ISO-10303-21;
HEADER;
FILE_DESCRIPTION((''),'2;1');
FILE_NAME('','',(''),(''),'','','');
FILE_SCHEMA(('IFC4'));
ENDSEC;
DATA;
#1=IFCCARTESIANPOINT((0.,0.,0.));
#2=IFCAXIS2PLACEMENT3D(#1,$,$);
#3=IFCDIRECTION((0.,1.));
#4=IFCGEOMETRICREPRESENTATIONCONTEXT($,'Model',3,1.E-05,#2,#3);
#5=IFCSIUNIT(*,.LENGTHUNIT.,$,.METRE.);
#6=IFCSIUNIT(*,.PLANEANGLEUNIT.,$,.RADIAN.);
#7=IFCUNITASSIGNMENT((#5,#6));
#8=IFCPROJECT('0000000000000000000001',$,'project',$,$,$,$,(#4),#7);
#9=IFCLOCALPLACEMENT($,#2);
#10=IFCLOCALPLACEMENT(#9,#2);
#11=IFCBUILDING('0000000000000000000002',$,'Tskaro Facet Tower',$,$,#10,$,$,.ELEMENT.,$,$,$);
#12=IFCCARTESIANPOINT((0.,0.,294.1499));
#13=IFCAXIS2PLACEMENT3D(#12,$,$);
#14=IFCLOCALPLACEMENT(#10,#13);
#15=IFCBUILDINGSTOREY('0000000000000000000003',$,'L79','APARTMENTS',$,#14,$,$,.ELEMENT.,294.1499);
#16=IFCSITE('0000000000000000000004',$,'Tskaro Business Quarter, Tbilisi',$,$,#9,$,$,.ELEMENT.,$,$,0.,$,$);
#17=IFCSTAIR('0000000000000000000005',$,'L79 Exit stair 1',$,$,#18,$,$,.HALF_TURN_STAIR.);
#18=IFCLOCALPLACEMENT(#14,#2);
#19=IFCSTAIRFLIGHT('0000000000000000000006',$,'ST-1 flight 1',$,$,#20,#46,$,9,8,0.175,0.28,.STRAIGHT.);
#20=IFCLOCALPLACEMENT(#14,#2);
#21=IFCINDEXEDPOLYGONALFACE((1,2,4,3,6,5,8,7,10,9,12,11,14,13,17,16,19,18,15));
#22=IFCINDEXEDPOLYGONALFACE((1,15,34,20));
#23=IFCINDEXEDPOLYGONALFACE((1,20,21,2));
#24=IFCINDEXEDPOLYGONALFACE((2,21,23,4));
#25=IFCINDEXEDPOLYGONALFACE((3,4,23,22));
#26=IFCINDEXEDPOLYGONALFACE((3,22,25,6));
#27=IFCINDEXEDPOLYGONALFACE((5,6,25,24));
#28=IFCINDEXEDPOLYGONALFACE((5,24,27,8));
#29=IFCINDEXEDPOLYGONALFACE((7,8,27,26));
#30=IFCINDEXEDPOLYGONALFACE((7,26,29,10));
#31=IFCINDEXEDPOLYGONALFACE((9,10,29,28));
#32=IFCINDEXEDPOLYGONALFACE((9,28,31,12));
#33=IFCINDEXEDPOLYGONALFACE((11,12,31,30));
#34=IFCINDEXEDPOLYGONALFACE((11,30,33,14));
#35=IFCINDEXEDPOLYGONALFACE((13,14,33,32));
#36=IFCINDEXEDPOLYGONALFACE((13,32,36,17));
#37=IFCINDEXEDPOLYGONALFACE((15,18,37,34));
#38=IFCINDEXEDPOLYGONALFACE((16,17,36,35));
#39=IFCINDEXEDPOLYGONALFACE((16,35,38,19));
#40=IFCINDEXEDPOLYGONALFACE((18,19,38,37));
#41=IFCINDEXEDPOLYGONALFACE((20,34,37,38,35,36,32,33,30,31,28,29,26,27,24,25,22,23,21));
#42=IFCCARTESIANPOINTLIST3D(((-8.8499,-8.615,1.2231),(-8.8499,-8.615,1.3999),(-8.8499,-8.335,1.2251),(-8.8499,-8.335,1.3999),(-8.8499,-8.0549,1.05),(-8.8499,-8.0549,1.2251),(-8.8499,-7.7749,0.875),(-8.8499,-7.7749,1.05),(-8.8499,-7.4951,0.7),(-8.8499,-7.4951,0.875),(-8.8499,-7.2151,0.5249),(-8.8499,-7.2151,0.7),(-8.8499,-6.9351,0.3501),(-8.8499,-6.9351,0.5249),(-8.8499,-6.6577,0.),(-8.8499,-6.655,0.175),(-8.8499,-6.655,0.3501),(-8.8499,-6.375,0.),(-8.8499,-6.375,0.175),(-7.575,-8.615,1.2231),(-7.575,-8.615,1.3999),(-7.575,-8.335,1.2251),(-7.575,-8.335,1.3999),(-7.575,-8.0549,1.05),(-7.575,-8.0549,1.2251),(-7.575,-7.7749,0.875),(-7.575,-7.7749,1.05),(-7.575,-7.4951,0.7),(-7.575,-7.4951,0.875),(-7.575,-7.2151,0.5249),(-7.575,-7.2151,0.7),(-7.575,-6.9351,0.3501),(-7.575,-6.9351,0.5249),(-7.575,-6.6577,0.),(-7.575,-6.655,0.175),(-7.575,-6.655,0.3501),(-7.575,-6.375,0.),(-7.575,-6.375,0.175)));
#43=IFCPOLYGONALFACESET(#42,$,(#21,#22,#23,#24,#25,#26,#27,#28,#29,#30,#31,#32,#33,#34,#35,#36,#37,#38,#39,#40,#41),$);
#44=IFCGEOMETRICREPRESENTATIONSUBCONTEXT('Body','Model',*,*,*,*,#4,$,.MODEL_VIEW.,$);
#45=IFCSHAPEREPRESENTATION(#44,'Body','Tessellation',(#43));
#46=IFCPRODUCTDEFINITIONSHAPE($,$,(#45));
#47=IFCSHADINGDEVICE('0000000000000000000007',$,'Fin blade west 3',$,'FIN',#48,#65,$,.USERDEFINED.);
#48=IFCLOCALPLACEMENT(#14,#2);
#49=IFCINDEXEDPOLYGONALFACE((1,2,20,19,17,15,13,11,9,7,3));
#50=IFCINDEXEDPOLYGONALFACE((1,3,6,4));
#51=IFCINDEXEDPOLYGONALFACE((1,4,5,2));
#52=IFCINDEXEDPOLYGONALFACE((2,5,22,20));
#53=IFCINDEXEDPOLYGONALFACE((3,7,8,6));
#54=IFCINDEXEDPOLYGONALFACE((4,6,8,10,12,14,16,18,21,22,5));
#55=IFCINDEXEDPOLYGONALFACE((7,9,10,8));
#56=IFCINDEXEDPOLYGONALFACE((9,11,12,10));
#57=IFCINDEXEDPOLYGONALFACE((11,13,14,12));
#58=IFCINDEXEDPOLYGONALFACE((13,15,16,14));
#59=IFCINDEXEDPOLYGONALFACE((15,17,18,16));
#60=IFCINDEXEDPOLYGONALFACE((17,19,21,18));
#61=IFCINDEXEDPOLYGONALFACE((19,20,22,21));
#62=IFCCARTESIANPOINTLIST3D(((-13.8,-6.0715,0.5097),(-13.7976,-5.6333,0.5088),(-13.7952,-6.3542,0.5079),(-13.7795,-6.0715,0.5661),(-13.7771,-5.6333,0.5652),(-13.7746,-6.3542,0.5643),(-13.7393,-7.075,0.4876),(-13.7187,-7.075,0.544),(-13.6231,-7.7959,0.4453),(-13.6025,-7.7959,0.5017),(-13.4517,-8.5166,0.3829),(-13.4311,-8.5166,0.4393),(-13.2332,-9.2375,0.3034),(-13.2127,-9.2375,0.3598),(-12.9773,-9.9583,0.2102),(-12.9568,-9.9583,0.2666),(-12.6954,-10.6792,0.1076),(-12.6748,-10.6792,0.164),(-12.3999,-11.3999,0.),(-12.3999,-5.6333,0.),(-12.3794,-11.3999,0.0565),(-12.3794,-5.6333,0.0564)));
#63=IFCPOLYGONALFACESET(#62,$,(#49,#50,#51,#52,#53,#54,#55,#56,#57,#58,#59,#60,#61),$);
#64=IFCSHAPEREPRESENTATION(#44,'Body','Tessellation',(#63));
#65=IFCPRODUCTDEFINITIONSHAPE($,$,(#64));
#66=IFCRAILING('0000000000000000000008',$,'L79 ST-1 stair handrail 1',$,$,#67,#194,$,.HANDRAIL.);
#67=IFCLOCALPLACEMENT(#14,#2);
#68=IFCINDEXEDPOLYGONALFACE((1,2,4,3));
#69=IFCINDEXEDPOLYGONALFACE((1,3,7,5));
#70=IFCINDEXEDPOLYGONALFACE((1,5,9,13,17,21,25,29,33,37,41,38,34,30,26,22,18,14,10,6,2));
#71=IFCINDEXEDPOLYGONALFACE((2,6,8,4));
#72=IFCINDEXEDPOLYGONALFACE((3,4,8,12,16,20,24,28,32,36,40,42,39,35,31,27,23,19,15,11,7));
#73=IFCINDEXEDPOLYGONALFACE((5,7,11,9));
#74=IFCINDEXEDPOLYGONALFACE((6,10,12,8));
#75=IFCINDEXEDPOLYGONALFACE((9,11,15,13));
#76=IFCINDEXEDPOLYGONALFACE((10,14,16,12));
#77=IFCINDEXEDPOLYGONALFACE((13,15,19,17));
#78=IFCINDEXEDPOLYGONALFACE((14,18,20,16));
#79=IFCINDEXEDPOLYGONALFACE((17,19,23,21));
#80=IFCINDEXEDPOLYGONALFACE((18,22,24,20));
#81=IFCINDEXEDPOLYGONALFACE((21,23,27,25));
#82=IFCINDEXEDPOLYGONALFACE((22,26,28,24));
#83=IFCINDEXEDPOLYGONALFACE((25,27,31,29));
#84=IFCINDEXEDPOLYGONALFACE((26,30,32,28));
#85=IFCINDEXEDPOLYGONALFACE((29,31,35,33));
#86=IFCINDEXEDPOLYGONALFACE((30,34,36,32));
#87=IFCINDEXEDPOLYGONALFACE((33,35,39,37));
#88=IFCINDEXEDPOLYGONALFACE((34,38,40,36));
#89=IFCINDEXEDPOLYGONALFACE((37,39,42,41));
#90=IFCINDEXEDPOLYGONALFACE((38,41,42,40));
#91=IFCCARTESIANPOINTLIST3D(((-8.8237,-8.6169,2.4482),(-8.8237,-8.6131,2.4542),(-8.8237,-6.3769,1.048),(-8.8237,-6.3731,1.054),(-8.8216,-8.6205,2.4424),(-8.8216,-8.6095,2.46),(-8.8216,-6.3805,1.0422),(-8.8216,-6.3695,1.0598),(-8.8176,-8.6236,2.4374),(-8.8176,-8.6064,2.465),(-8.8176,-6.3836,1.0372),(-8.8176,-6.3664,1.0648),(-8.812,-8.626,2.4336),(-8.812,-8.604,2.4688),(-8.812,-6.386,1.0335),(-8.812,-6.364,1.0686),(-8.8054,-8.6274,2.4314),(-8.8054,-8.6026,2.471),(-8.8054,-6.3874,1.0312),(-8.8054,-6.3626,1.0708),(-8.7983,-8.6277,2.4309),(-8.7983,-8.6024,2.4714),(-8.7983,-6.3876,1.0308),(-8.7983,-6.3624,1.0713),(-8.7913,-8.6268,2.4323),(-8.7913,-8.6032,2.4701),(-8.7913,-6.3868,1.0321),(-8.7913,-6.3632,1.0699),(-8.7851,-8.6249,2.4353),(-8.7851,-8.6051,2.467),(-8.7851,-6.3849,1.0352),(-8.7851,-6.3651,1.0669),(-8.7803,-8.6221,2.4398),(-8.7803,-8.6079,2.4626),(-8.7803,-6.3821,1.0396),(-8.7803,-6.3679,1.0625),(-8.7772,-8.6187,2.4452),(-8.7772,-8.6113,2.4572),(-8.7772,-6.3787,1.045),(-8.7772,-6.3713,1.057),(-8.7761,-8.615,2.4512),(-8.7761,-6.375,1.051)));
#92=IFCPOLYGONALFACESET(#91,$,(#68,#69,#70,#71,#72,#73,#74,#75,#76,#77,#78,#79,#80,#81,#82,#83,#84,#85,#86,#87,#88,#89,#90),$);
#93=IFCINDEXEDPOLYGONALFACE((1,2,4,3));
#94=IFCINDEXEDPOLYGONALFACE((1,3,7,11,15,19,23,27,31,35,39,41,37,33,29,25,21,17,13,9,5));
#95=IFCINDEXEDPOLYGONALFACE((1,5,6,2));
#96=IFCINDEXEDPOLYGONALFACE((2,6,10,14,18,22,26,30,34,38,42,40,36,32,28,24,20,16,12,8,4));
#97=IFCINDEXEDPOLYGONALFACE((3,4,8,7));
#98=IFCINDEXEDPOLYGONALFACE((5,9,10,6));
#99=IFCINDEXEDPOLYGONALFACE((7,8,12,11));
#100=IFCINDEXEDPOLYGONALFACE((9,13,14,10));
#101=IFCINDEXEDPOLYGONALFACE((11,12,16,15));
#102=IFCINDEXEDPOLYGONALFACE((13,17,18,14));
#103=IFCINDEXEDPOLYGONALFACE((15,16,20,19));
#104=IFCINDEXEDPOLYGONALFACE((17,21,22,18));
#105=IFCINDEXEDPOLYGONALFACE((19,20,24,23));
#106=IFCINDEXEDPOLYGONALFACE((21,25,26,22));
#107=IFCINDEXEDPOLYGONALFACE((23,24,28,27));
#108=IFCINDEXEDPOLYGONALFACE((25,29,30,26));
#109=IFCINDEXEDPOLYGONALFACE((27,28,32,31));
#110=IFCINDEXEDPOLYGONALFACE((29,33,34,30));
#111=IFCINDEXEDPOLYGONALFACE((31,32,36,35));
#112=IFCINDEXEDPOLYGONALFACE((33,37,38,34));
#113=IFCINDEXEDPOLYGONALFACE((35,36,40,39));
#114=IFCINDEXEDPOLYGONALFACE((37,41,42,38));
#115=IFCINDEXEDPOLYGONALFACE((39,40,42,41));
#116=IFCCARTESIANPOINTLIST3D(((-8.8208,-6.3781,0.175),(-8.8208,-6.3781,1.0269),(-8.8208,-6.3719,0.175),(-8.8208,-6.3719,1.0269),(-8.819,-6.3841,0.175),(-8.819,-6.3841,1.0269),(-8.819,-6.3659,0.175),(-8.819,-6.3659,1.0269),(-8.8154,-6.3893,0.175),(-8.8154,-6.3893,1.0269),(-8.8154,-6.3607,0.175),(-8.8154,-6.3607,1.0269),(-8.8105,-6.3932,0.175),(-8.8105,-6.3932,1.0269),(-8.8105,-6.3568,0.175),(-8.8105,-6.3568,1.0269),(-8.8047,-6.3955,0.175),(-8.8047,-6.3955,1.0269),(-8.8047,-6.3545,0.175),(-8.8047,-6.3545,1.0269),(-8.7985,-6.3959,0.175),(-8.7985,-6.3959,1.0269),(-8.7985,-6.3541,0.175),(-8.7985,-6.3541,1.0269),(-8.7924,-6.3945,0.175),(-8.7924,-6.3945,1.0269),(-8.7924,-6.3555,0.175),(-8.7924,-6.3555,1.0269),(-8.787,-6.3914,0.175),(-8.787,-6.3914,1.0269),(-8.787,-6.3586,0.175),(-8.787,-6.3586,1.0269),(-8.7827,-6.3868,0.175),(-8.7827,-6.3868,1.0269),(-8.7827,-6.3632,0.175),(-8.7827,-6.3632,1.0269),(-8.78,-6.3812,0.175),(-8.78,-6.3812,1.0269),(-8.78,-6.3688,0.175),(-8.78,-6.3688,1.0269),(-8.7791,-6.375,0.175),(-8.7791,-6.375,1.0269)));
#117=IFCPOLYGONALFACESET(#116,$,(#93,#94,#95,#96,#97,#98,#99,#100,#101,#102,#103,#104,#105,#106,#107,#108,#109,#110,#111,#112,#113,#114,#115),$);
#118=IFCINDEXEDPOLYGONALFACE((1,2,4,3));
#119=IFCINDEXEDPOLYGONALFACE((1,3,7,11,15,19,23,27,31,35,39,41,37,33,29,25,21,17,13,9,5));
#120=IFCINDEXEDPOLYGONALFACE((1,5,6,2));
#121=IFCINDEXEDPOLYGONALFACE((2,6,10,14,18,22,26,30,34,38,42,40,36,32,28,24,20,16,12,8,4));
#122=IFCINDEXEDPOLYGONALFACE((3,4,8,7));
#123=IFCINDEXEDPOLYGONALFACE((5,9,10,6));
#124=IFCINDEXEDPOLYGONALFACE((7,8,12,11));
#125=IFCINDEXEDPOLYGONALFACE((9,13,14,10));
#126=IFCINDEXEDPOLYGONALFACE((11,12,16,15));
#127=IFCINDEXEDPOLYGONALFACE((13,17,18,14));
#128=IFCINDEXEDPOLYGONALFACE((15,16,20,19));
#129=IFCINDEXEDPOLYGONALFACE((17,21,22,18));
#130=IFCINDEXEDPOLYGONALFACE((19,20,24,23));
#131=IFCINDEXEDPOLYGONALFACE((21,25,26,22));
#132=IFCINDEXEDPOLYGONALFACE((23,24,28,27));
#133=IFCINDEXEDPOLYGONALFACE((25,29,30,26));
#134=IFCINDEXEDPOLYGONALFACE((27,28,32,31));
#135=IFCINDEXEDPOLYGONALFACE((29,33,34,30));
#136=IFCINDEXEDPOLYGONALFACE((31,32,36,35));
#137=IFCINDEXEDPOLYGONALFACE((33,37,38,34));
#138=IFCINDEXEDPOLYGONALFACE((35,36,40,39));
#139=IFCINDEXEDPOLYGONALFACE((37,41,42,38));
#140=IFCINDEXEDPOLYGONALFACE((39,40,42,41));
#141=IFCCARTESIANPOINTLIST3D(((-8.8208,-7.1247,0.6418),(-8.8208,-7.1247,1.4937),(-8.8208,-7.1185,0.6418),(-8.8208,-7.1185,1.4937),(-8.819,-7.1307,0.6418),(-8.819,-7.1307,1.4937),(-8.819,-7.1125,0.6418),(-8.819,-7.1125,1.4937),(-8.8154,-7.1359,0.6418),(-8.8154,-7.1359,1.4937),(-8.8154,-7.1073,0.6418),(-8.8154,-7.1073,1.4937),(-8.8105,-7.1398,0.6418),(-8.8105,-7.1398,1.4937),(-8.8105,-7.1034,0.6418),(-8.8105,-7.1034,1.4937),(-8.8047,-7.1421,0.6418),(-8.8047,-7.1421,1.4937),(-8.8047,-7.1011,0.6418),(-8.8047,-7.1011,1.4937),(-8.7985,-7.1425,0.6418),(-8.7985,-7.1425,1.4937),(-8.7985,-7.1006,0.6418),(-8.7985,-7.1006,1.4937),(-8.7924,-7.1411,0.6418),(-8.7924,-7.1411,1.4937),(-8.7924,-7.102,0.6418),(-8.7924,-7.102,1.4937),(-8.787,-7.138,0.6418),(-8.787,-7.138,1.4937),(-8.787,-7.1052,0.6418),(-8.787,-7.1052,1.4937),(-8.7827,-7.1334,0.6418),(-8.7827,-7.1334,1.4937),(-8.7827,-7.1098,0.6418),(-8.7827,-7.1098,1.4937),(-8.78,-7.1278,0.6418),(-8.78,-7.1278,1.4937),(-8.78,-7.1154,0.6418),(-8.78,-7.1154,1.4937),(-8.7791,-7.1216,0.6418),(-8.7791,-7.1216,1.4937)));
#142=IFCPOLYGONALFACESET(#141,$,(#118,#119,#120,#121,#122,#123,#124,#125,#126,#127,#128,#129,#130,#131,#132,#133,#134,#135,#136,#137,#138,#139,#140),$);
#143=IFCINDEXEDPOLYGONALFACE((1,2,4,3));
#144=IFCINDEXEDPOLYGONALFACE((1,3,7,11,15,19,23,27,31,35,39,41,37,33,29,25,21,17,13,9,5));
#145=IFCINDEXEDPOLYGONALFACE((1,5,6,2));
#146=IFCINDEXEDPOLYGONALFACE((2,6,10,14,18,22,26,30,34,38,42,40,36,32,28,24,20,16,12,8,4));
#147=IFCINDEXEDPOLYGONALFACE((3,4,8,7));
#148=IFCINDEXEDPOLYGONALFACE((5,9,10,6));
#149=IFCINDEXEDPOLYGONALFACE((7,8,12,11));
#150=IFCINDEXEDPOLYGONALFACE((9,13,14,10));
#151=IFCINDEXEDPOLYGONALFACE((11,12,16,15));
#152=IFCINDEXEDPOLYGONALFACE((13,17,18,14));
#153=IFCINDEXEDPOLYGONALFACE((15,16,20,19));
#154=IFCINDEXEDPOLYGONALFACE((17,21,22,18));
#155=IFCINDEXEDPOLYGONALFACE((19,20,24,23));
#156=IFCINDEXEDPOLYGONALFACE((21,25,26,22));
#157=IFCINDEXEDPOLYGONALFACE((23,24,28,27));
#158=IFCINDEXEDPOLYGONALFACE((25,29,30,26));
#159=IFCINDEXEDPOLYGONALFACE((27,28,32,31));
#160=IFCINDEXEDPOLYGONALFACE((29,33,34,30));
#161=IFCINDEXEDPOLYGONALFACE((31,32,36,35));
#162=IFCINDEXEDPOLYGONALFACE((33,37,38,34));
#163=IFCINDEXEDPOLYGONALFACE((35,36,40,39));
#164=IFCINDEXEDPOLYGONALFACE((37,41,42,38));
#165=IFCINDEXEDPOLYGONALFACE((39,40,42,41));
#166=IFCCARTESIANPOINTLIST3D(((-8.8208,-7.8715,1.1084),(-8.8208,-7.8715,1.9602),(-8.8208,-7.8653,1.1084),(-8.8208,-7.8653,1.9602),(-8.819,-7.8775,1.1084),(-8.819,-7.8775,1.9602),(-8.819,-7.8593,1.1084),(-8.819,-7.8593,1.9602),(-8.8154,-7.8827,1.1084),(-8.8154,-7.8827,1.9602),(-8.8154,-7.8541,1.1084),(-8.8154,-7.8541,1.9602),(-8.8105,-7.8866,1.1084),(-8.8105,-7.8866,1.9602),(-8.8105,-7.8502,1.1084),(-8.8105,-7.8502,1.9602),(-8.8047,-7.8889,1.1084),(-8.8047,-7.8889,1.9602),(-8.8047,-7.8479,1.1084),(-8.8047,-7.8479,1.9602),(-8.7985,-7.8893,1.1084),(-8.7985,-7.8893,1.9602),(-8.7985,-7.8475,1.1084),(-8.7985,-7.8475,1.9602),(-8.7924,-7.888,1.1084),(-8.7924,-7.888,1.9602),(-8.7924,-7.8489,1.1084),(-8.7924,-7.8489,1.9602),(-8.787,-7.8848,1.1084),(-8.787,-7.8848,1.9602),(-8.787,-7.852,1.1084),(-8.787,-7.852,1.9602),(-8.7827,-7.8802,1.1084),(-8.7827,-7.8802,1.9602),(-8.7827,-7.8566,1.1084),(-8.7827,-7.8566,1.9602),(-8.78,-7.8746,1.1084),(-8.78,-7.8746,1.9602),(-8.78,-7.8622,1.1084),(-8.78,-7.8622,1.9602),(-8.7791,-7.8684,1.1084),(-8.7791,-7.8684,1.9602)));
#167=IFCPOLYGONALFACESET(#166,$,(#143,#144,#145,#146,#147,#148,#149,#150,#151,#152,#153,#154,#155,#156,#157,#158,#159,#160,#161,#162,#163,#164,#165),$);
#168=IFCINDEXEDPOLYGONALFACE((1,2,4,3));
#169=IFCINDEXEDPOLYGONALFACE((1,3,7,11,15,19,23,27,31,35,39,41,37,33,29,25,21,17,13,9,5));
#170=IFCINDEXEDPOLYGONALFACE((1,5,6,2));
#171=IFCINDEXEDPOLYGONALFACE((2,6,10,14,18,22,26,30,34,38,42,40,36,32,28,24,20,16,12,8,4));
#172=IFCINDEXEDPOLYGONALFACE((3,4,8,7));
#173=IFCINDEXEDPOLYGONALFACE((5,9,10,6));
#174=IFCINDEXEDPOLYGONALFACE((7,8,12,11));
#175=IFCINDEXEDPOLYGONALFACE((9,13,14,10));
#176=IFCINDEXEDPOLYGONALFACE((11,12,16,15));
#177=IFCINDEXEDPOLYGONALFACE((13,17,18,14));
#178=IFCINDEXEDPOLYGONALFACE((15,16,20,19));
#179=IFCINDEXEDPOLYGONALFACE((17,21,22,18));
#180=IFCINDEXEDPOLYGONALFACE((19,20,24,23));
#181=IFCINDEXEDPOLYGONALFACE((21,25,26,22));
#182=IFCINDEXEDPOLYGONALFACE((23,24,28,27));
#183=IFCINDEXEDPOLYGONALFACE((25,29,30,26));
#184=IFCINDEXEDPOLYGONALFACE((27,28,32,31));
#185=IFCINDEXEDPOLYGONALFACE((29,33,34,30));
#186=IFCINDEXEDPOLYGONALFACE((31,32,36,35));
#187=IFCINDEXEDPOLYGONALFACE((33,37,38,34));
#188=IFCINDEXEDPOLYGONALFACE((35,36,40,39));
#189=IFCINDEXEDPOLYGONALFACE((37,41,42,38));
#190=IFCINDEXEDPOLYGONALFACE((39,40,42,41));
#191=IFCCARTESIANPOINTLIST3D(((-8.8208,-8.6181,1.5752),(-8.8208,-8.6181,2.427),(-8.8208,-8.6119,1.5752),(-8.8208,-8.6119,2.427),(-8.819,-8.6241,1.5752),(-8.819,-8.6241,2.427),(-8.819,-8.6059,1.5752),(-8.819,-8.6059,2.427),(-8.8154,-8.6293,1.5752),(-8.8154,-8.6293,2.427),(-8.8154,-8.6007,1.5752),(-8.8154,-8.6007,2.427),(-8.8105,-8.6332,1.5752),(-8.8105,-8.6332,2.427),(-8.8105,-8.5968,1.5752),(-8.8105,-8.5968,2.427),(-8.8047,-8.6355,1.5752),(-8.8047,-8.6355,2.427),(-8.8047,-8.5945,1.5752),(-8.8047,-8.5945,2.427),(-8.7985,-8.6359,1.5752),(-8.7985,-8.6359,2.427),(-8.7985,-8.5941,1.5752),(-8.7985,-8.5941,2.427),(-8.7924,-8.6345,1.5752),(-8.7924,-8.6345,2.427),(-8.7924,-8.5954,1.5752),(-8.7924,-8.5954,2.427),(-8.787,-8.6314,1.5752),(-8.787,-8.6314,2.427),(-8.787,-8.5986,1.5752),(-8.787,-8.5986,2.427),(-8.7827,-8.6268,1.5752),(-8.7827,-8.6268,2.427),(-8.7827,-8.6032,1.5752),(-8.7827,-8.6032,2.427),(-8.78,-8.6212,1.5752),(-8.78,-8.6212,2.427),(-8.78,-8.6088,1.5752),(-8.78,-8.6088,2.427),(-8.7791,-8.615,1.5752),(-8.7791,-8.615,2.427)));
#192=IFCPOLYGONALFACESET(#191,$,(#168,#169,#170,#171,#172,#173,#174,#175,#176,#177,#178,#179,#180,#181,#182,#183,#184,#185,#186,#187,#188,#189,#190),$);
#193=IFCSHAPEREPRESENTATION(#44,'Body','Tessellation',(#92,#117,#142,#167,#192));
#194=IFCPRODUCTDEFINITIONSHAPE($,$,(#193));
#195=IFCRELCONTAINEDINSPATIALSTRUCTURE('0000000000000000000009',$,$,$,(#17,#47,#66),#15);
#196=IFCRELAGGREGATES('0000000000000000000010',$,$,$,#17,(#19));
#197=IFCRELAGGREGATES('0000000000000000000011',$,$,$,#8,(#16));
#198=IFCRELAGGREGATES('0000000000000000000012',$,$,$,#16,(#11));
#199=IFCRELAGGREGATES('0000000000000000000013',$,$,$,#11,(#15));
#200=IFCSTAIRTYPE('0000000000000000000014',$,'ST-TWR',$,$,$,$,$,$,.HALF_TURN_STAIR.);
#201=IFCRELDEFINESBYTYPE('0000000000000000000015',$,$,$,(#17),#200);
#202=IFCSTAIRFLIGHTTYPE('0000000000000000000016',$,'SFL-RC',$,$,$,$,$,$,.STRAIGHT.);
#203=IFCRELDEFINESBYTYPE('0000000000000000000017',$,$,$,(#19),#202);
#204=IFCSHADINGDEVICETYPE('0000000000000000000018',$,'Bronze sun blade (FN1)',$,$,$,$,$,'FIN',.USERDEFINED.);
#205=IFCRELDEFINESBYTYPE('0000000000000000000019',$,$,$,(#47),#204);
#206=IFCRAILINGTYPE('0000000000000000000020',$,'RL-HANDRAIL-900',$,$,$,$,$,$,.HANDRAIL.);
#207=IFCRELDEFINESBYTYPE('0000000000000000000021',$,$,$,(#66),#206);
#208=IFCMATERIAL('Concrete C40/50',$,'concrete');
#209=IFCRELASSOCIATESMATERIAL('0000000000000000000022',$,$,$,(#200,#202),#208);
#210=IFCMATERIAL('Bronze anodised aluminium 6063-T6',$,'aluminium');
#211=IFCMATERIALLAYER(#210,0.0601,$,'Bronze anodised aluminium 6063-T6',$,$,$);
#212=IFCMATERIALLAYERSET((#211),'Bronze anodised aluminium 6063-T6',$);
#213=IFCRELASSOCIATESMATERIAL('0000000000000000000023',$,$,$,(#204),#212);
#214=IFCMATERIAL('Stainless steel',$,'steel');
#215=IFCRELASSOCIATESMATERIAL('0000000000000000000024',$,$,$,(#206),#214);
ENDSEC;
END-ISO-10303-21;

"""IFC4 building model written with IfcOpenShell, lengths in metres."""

from ifc_helpers import new_model, si_unit, direction, frame, origin, origin_2d, place, context, subcontext, project, spatial, polyline, circle, outline, extrude, material, layer, layer_set, type_object, element, aggregate, save


model = new_model("IFC4")

# Units and contexts
model_context = context("Model", 3, precision=1e-05, world=origin(), true_north=direction((0.0, 1.0)))
body_context = subcontext(model_context, "Body", "Model", "MODEL_VIEW")
ifc_project = project(units=[si_unit("LENGTHUNIT", "METRE"), si_unit("PLANEANGLEUNIT", "RADIAN")], contexts=[model_context])

# Site, building, storey
site_placement = place(None, origin())
site = spatial("IfcSite", under=ifc_project, at=site_placement, Name="Tskaro Business Quarter, Tbilisi", CompositionType="ELEMENT", RefElevation=0.0)
building_placement = place(site_placement, origin())
building = spatial("IfcBuilding", under=site, at=building_placement, Name="Tskaro Facet Tower", CompositionType="ELEMENT")
storey_placement = place(building_placement, frame((0.0, 0.0, 294.1499)))
storey = spatial("IfcBuildingStorey", under=building, at=storey_placement, Name="L79", Description="APARTMENTS", CompositionType="ELEMENT", Elevation=294.1499)

# Shared definitions
ifc_material_1 = material(Name="Bronze anodised aluminium 6063-T6", Category="aluminium")

# Stair, stair flight
ifc_material_2 = material(Name="Concrete C40/50", Category="concrete")
stair_type = type_object("IfcStairType", Name="ST-TWR", PredefinedType="HALF_TURN_STAIR", material=ifc_material_2)
stair_placement = place(storey_placement, origin())
stair = element("IfcStair", 1, at=stair_placement, inside=storey, type_object=stair_type, Name="L79 Exit stair 1", PredefinedType="HALF_TURN_STAIR")
stair_flight_type = type_object("IfcStairFlightType", Name="SFL-RC", PredefinedType="STRAIGHT", material=ifc_material_2)
stair_flight_placement = place(storey_placement, frame((-8.2124, -6.375, 0.0), z_axis=(0.0, 0.0, 1.0), x_axis=(0.0, -1.0, 0.0)))
stair_flight = element("IfcStairFlight", 2, at=stair_flight_placement, type_object=stair_flight_type, Name="ST-1 flight 1", NumberOfRisers=9, NumberOfTreads=8, PredefinedType="STRAIGHT", RiserHeight=0.175, TreadLength=0.28, context=body_context, shape_type="SweptSolid", body=[
    extrude(outline(polyline([(0.0, 0.0), (0.0, 0.175), (0.28, 0.175), (0.28, 0.3501), (0.5601, 0.3501), (0.5601, 0.5249), (0.8401, 0.5249), (0.8401, 0.7), (1.1201, 0.7), (1.1201, 0.875), (1.3999, 0.875), (1.3999, 1.05), (1.6799, 1.05), (1.6799, 1.2251), (1.96, 1.2251), (1.96, 1.3999), (2.24, 1.3999), (2.24, 1.575), (2.24, 1.2231), (0.2827, 0.0), (0.0, 0.0)])), frame((0.0, 0.6375, 0.0), z_axis=(0.0, -1.0, 0.0), x_axis=(1.0, 0.0, 0.0)), (0.0, 0.0, 1.0), 1.2749),
])
aggregate(stair, [stair_flight])

# Shading device
ifc_layer_1 = layer(ifc_material_1, 0.0601, Name="Bronze anodised aluminium 6063-T6")
ifc_layer_set_1 = layer_set([ifc_layer_1], Name="Bronze anodised aluminium 6063-T6")
shading_device_type = type_object("IfcShadingDeviceType", Name="Bronze sun blade (FN1)", ElementType="FIN", PredefinedType="USERDEFINED", material=ifc_layer_set_1)
shading_device_placement = place(storey_placement, frame((-12.3794, -5.6333, 0.0564), z_axis=(0.34208, 0.000014, 0.939671), x_axis=(0.000005, -1.0, 0.000013)))
element("IfcShadingDevice", 3, at=shading_device_placement, inside=storey, type_object=shading_device_type, Name="Fin blade west 3", ObjectType="FIN", PredefinedType="USERDEFINED", context=body_context, shape_type="SweptSolid", body=[
    extrude(outline(polyline([(0.0, 0.0), (5.7666, 0.0), (5.0459, -0.3144), (4.325, -0.6145), (3.6042, -0.8868), (2.8833, -1.1193), (2.1626, -1.3017), (1.4417, -1.4253), (0.7209, -1.4848), (0.4382, -1.49), (0.0, -1.4874), (0.0, 0.0)])), origin(), (0.0, 0.0, -1.0), 0.0601),
])

# Railing
ifc_material_3 = material(Name="Stainless steel", Category="steel")
railing_type = type_object("IfcRailingType", Name="RL-HANDRAIL-900", PredefinedType="HANDRAIL", material=ifc_material_3)
railing_placement = place(storey_placement, frame((-8.8, -6.375, 0.175)))
element("IfcRailing", 4, at=railing_placement, inside=storey, type_object=railing_type, Name="L79 ST-1 stair handrail 1", PredefinedType="HANDRAIL", context=body_context, shape_type="SweptSolid", body=[
    extrude(circle(Radius=0.0239, at=origin_2d()), frame((0.0, 0.0, 0.876), z_axis=(0.0, -0.847972, 0.53004), x_axis=(1.0, 0.0, 0.0)), (0.0, 0.0, 1.0), 2.6416),
    extrude(circle(Radius=0.021, at=origin_2d()), origin(), (0.0, 0.0, 1.0), 0.8518),
    extrude(circle(Radius=0.021, at=origin_2d()), frame((0.0, -0.7466, 0.4668)), (0.0, 0.0, 1.0), 0.8518),
    extrude(circle(Radius=0.021, at=origin_2d()), frame((0.0, -1.4934, 0.9333)), (0.0, 0.0, 1.0), 0.8518),
    extrude(circle(Radius=0.021, at=origin_2d()), frame((0.0, -2.24, 1.4001)), (0.0, 0.0, 1.0), 0.8518),
])

save(model, "model.ifc")
